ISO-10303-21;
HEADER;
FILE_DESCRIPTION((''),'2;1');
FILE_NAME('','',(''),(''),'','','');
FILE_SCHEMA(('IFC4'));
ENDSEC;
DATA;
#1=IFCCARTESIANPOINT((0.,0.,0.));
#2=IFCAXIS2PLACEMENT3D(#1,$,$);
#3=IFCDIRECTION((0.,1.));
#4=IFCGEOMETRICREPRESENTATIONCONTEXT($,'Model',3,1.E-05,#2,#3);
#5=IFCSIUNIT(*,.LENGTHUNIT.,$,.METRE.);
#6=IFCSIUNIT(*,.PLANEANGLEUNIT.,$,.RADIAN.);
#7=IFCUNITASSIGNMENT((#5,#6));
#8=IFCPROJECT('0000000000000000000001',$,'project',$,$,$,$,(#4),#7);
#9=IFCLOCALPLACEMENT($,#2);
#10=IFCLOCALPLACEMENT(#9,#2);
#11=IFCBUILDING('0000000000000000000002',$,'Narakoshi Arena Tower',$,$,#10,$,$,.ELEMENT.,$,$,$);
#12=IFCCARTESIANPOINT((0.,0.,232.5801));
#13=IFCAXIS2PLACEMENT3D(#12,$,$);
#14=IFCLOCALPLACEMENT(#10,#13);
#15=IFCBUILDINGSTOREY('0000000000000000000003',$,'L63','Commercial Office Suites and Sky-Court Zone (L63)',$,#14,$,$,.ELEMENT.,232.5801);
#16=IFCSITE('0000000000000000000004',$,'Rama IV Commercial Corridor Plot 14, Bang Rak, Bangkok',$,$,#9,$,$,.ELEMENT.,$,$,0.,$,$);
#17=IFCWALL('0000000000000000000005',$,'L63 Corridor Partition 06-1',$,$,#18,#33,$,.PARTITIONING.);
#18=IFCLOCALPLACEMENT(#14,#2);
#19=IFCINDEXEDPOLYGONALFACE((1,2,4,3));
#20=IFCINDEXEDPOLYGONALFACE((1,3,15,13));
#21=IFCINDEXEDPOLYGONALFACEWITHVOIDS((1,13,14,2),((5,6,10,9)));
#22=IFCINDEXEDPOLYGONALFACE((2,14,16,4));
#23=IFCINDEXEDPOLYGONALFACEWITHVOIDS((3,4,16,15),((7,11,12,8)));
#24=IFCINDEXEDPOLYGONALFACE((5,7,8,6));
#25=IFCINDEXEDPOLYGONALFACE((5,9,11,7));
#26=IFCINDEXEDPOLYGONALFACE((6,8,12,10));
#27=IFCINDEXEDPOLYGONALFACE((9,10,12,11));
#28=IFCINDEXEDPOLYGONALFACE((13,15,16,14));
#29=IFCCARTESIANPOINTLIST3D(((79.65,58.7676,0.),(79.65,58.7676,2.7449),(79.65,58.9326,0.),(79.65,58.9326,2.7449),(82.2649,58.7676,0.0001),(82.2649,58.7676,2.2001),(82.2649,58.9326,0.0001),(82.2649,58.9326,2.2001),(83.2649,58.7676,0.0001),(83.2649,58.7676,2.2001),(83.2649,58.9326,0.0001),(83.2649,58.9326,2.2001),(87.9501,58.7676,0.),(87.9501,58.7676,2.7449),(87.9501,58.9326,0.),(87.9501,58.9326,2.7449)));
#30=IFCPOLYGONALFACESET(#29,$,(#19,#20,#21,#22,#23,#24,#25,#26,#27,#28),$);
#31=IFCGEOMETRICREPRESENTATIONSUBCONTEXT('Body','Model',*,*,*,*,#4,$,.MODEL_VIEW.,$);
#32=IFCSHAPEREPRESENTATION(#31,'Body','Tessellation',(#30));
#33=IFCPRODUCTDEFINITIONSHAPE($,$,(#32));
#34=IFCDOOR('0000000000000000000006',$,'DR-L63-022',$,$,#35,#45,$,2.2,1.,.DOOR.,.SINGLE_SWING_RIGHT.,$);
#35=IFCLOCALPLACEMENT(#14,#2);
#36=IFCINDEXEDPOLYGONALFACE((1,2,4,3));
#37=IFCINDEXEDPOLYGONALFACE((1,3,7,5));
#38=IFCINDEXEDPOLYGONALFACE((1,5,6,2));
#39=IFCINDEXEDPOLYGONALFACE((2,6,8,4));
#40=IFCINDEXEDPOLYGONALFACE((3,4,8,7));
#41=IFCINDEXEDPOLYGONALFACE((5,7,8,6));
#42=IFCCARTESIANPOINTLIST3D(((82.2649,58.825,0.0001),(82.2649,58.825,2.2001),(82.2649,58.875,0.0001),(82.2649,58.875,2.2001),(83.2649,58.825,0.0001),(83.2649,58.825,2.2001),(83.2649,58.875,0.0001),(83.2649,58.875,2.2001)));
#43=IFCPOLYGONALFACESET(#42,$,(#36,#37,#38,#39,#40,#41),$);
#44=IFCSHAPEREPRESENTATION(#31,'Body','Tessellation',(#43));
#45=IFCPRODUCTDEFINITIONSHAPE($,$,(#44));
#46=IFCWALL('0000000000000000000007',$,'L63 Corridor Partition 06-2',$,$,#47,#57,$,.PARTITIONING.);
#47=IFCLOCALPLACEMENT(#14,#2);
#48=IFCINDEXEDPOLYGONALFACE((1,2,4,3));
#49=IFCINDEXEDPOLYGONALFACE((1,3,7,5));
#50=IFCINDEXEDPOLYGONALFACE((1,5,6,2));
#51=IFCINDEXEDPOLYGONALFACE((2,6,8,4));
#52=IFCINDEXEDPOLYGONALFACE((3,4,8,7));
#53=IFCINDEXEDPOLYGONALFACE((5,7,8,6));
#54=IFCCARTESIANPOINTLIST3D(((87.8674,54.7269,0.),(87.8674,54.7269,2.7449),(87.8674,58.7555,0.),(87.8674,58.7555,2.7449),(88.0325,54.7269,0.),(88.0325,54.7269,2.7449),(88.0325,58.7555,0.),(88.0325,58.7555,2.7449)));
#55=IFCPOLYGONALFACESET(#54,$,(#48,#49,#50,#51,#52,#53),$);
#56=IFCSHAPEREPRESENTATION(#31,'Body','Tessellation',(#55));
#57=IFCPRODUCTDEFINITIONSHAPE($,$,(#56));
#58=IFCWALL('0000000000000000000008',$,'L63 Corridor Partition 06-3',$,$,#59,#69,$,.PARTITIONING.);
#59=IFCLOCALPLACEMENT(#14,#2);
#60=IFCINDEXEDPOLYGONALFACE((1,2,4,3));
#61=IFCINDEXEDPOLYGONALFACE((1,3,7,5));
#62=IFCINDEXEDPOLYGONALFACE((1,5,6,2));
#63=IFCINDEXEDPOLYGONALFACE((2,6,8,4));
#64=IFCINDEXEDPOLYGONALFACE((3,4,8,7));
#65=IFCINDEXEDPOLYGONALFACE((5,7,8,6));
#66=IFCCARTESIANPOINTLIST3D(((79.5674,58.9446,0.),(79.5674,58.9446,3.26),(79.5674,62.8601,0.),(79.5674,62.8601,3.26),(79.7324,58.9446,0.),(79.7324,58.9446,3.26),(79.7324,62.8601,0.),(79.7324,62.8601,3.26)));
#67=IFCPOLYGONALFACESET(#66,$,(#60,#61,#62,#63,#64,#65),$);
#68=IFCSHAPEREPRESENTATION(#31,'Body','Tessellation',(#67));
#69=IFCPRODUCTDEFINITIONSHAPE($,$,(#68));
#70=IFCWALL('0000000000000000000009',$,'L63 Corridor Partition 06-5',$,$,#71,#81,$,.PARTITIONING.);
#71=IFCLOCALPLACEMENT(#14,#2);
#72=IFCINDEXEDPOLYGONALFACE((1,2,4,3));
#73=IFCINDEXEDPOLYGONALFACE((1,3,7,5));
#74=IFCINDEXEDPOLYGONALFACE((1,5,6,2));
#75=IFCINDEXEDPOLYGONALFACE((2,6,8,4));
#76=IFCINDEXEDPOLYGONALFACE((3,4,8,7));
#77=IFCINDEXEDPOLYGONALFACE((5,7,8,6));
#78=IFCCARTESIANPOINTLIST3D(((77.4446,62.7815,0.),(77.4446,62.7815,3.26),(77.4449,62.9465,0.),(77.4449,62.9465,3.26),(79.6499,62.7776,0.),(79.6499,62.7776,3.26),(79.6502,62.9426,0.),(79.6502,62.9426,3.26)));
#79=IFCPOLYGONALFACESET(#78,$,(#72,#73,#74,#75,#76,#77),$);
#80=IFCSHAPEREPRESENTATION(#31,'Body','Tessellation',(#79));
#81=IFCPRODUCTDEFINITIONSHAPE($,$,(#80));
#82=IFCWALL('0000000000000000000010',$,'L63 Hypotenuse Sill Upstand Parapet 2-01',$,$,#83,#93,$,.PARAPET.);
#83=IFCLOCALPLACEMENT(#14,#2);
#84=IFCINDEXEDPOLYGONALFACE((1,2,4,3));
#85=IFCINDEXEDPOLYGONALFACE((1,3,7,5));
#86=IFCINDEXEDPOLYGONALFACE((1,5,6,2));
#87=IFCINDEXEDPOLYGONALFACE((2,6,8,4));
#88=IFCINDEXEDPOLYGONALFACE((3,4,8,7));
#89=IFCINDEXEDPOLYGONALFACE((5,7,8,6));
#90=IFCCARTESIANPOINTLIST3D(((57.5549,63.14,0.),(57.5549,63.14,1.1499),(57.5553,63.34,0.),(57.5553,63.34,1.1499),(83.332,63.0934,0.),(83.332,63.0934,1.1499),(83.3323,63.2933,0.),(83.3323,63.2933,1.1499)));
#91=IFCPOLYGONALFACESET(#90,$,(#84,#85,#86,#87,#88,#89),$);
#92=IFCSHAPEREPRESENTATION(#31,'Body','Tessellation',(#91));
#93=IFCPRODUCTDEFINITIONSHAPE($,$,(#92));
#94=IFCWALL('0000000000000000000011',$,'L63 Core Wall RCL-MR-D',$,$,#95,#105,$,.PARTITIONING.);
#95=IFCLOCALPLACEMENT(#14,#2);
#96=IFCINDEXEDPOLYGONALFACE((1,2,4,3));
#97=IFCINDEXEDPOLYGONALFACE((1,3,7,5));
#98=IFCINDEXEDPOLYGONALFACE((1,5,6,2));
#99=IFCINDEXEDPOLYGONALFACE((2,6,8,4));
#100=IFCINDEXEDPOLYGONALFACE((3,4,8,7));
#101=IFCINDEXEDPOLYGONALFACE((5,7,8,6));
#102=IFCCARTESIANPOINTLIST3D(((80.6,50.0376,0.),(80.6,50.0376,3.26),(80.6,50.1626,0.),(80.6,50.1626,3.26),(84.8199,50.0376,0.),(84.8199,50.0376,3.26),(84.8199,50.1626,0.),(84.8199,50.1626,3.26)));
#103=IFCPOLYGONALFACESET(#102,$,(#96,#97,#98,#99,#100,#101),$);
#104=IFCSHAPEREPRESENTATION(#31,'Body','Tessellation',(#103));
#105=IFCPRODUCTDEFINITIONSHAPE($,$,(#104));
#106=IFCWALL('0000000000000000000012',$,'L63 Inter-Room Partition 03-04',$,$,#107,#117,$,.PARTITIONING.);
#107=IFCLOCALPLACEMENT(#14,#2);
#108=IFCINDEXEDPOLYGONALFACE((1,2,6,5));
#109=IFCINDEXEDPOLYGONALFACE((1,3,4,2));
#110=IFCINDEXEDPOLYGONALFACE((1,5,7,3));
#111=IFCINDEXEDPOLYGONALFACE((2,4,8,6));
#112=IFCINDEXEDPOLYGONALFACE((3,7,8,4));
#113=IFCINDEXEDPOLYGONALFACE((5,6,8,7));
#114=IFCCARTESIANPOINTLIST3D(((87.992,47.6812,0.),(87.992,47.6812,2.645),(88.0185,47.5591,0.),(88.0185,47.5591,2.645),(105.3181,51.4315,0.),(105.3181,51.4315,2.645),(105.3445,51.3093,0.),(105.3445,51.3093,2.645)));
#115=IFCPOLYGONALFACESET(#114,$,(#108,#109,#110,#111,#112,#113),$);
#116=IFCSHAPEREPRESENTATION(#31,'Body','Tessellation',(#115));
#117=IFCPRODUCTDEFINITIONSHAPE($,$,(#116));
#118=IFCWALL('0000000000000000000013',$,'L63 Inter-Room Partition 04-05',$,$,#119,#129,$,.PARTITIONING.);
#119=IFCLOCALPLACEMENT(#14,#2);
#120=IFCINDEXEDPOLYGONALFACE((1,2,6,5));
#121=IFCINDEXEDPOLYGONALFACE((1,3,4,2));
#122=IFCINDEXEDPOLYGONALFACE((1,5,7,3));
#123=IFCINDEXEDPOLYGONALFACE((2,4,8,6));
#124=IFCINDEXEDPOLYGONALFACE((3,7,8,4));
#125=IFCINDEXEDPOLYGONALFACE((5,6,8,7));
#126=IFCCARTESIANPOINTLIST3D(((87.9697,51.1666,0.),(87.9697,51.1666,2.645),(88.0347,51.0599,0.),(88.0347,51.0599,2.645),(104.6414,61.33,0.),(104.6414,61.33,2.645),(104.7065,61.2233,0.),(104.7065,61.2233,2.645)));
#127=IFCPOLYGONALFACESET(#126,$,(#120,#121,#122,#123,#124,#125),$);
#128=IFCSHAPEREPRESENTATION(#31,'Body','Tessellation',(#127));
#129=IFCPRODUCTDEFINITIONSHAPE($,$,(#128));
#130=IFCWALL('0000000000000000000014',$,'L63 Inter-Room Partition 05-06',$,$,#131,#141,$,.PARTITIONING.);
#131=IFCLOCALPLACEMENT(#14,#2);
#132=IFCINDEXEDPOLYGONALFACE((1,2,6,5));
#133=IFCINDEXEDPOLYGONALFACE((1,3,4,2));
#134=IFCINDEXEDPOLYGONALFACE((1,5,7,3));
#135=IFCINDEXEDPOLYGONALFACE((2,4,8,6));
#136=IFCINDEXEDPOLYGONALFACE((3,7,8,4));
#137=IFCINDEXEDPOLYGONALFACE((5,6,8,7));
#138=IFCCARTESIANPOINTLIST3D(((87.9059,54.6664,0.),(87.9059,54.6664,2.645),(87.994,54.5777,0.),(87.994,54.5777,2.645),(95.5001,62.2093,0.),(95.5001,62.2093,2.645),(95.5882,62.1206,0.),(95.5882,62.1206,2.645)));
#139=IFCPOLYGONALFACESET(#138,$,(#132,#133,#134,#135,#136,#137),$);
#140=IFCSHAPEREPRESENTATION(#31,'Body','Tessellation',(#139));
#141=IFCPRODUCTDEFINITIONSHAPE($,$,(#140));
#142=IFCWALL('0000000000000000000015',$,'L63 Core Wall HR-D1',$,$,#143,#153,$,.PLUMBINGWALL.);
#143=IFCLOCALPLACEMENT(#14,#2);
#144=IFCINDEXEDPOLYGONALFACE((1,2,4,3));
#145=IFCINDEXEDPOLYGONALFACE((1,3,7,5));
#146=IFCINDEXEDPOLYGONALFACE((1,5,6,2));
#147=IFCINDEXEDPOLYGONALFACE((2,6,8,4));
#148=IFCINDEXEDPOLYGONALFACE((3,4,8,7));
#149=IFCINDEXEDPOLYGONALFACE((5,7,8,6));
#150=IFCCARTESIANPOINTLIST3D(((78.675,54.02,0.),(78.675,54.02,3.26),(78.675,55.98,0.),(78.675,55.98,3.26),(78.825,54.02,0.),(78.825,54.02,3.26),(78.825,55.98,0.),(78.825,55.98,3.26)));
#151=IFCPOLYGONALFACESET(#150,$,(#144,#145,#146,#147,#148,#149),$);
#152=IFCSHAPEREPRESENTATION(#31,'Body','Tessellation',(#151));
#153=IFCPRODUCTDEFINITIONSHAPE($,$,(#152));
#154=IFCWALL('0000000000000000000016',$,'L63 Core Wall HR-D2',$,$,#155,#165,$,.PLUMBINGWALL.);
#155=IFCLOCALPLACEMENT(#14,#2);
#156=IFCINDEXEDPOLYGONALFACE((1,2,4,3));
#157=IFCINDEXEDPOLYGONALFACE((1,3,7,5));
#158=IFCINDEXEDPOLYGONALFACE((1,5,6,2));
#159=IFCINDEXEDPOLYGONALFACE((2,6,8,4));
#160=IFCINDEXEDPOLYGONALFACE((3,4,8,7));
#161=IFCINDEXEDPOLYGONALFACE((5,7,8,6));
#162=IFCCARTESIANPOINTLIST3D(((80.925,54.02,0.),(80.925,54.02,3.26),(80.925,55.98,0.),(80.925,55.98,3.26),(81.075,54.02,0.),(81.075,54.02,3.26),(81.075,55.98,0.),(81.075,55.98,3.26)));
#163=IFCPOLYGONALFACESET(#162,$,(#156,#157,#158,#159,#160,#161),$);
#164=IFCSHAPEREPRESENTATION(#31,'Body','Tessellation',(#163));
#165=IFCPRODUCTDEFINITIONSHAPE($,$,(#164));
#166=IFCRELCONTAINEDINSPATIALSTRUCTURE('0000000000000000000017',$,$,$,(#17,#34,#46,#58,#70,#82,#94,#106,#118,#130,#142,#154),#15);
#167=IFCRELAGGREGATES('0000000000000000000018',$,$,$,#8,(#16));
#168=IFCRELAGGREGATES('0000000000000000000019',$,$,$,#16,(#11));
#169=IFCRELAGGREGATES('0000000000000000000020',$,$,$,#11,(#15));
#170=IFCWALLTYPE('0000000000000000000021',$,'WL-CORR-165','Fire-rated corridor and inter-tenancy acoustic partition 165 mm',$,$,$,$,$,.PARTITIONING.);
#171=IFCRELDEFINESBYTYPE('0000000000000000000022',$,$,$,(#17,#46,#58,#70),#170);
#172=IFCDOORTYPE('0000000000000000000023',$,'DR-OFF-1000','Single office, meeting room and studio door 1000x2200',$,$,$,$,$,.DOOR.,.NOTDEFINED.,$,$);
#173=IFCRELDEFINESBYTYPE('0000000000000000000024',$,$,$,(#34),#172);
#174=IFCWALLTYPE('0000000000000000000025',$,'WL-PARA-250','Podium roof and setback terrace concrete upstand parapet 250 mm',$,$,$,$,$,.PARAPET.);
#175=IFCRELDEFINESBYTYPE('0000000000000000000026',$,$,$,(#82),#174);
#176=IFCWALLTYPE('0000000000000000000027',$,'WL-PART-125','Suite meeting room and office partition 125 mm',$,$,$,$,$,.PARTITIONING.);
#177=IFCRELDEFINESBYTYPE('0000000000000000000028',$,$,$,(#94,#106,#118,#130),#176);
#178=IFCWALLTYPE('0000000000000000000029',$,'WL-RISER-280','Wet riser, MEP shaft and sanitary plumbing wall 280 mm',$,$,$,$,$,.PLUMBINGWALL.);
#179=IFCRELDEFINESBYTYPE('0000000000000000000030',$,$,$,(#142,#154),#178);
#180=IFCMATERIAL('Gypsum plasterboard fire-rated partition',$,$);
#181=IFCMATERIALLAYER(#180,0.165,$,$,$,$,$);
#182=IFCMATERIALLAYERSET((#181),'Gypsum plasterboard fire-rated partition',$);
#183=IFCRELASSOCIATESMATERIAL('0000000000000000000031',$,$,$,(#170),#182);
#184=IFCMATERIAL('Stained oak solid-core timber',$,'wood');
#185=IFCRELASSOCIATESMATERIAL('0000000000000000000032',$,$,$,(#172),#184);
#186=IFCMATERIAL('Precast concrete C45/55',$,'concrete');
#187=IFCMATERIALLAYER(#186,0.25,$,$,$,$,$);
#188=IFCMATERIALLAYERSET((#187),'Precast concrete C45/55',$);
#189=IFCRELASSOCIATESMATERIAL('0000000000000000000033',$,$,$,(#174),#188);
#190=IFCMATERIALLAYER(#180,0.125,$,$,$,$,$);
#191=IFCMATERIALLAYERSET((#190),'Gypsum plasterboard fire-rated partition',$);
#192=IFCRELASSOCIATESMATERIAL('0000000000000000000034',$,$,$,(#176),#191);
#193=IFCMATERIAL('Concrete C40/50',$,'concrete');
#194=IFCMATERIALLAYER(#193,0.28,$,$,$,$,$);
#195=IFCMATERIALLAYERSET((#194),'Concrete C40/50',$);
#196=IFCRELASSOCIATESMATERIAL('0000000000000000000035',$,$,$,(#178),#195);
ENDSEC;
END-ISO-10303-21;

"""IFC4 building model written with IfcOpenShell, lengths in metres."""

from ifc_helpers import new_model, si_unit, direction, frame, frame_2d, origin, place, context, subcontext, project, spatial, rectangle, extrude, material, layer, layer_set, type_object, element, fill, save


model = new_model("IFC4")

# Units and contexts
model_context = context("Model", 3, precision=1e-05, world=origin(), true_north=direction((0.0, 1.0)))
body_context = subcontext(model_context, "Body", "Model", "MODEL_VIEW")
ifc_project = project(units=[si_unit("LENGTHUNIT", "METRE"), si_unit("PLANEANGLEUNIT", "RADIAN")], contexts=[model_context])

# Site, building, storey
site_placement = place(None, origin())
site = spatial("IfcSite", under=ifc_project, at=site_placement, Name="Rama IV Commercial Corridor Plot 14, Bang Rak, Bangkok", CompositionType="ELEMENT", RefElevation=0.0)
building_placement = place(site_placement, origin())
building = spatial("IfcBuilding", under=site, at=building_placement, Name="Narakoshi Arena Tower", CompositionType="ELEMENT")
storey_placement = place(building_placement, frame((0.0, 0.0, 232.5801)))
storey = spatial("IfcBuildingStorey", under=building, at=storey_placement, Name="L63", Description="Commercial Office Suites and Sky-Court Zone (L63)", CompositionType="ELEMENT", Elevation=232.5801)

# Wall, opening, door
ifc_material_1 = material(Name="Gypsum plasterboard fire-rated partition")
ifc_layer_1 = layer(ifc_material_1, 0.165)
ifc_layer_set_1 = layer_set([ifc_layer_1], Name="Gypsum plasterboard fire-rated partition")
wall_type_1 = type_object("IfcWallType", Name="WL-CORR-165", Description="Fire-rated corridor and inter-tenancy acoustic partition 165 mm", PredefinedType="PARTITIONING", material=ifc_layer_set_1)
ifc_material_2 = material(Name="Stained oak solid-core timber", Category="wood")
door_type_1 = type_object("IfcDoorType", Name="DR-OFF-1000", Description="Single office, meeting room and studio door 1000x2200", OperationType="NOTDEFINED", PredefinedType="DOOR", material=ifc_material_2)
wall_1_placement = place(storey_placement, frame((87.95, 58.8501, 0.0), z_axis=(0.0, 0.0, 1.0), x_axis=(-1.0, 0.0, 0.0)))
wall_1 = element("IfcWall", 1, at=wall_1_placement, inside=storey, type_object=wall_type_1, Name="L63 Corridor Partition 06-1", PredefinedType="PARTITIONING", context=body_context, shape_type="SweptSolid", body=[
    extrude(rectangle(XDim=8.3, YDim=0.165, at=frame_2d((4.1499, 0.0))), origin(), (0.0, 0.0, 1.0), 2.7449),
])
opening_1_placement = place(wall_1_placement, frame((4.6851, 0.0, 0.0)))
opening_1 = element("IfcOpeningElement", 2, at=opening_1_placement, cuts=wall_1, PredefinedType="OPENING", context=body_context, shape_type="SweptSolid", body=[
    extrude(rectangle(XDim=1.0, YDim=2.2, at=frame_2d((0.5, 1.1001))), frame((0.0, 0.0925, 0.0), z_axis=(0.0, -1.0, 0.0), x_axis=(1.0, 0.0, 0.0)), (0.0, 0.0, 1.0), 0.1851),
])
door_1_placement = place(opening_1_placement, frame((1.0, 0.0, 0.0), z_axis=(0.0, 0.0, 1.0), x_axis=(-1.0, 0.0, 0.0)))
door_1 = element("IfcDoor", 3, at=door_1_placement, inside=storey, type_object=door_type_1, Name="DR-L63-022", OperationType="SINGLE_SWING_RIGHT", OverallHeight=2.2, OverallWidth=1.0, PredefinedType="DOOR", context=body_context, shape_type="SweptSolid", body=[
    extrude(rectangle(XDim=1.0, YDim=2.2, at=frame_2d((0.5, 1.1001))), frame((0.0, 0.0249, 0.0), z_axis=(0.0, -1.0, 0.0), x_axis=(1.0, 0.0, 0.0)), (0.0, 0.0, 1.0), 0.05),
])
fill(opening_1, door_1)

# Walls
wall_2_placement = place(storey_placement, frame((87.95, 54.7271, 0.0), z_axis=(0.0, 0.0, 1.0), x_axis=(0.0, 1.0, 0.0)))
element("IfcWall", 4, at=wall_2_placement, inside=storey, type_object=wall_type_1, Name="L63 Corridor Partition 06-2", PredefinedType="PARTITIONING", context=body_context, shape_type="SweptSolid", body=[
    extrude(rectangle(XDim=4.0286, YDim=0.165, at=frame_2d((2.0142, 0.0))), origin(), (0.0, 0.0, 1.0), 2.7449),
])
wall_3_placement = place(storey_placement, frame((79.6499, 58.9446, 0.0), z_axis=(0.0, 0.0, 1.0), x_axis=(0.0, 1.0, 0.0)))
element("IfcWall", 5, at=wall_3_placement, inside=storey, type_object=wall_type_1, Name="L63 Corridor Partition 06-3", PredefinedType="PARTITIONING", context=body_context, shape_type="SweptSolid", body=[
    extrude(rectangle(XDim=3.9155, YDim=0.165, at=frame_2d((1.9578, 0.0))), origin(), (0.0, 0.0, 1.0), 3.26),
])
wall_4_placement = place(storey_placement, frame((79.6499, 62.8601, 0.0), z_axis=(0.0, 0.0, 1.0), x_axis=(-0.999998, 0.001771, 0.0)))
element("IfcWall", 6, at=wall_4_placement, inside=storey, type_object=wall_type_1, Name="L63 Corridor Partition 06-5", PredefinedType="PARTITIONING", context=body_context, shape_type="SweptSolid", body=[
    extrude(rectangle(XDim=2.2053, YDim=0.165, at=frame_2d((1.1025, 0.0))), origin(), (0.0, 0.0, 1.0), 3.26),
])
ifc_material_3 = material(Name="Precast concrete C45/55", Category="concrete")
ifc_layer_2 = layer(ifc_material_3, 0.25)
ifc_layer_set_2 = layer_set([ifc_layer_2], Name="Precast concrete C45/55")
wall_type_2 = type_object("IfcWallType", Name="WL-PARA-250", Description="Podium roof and setback terrace concrete upstand parapet 250 mm", PredefinedType="PARAPET", material=ifc_layer_set_2)
wall_5_placement = place(storey_placement, frame((83.3323, 63.1934, 0.0), z_axis=(0.0, 0.0, 1.0), x_axis=(-0.999998, 0.001809, 0.0)))
element("IfcWall", 7, at=wall_5_placement, inside=storey, type_object=wall_type_2, Name="L63 Hypotenuse Sill Upstand Parapet 2-01", PredefinedType="PARAPET", context=body_context, shape_type="SweptSolid", body=[
    extrude(rectangle(XDim=25.7771, YDim=0.2, at=frame_2d((12.8887, 0.0))), origin(), (0.0, 0.0, 1.0), 1.1499),
])
ifc_layer_3 = layer(ifc_material_1, 0.125)
ifc_layer_set_3 = layer_set([ifc_layer_3], Name="Gypsum plasterboard fire-rated partition")
wall_type_3 = type_object("IfcWallType", Name="WL-PART-125", Description="Suite meeting room and office partition 125 mm", PredefinedType="PARTITIONING", material=ifc_layer_set_3)
wall_6_placement = place(storey_placement, frame((80.6001, 50.1001, 0.0), z_axis=(0.0, 0.0, 1.0), x_axis=(1.0, 0.0, 0.0)))
element("IfcWall", 8, at=wall_6_placement, inside=storey, type_object=wall_type_3, Name="L63 Core Wall RCL-MR-D", PredefinedType="PARTITIONING", context=body_context, shape_type="SweptSolid", body=[
    extrude(rectangle(XDim=4.22, YDim=0.125, at=frame_2d((2.1099, 0.0))), origin(), (0.0, 0.0, 1.0), 3.26),
])
wall_7_placement = place(storey_placement, frame((88.0051, 47.6201, 0.0), z_axis=(0.0, 0.0, 1.0), x_axis=(0.977367, 0.211551, 0.0)))
element("IfcWall", 9, at=wall_7_placement, inside=storey, type_object=wall_type_3, Name="L63 Inter-Room Partition 03-04", PredefinedType="PARTITIONING", context=body_context, shape_type="SweptSolid", body=[
    extrude(rectangle(XDim=17.7273, YDim=0.125, at=frame_2d((8.8638, 0.0))), origin(), (0.0, 0.0, 1.0), 2.645),
])
wall_8_placement = place(storey_placement, frame((88.0022, 51.1133, 0.0), z_axis=(0.0, 0.0, 1.0), x_axis=(0.853848, 0.520522, 0.0)))
element("IfcWall", 10, at=wall_8_placement, inside=storey, type_object=wall_type_3, Name="L63 Inter-Room Partition 04-05", PredefinedType="PARTITIONING", context=body_context, shape_type="SweptSolid", body=[
    extrude(rectangle(XDim=19.5254, YDim=0.125, at=frame_2d((9.7627, 0.0))), origin(), (0.0, 0.0, 1.0), 2.645),
])
wall_9_placement = place(storey_placement, frame((87.95, 54.6221, 0.0), z_axis=(0.0, 0.0, 1.0), x_axis=(0.709498, 0.704708, 0.0)))
element("IfcWall", 11, at=wall_9_placement, inside=storey, type_object=wall_type_3, Name="L63 Inter-Room Partition 05-06", PredefinedType="PARTITIONING", context=body_context, shape_type="SweptSolid", body=[
    extrude(rectangle(XDim=10.7036, YDim=0.125, at=frame_2d((5.3518, 0.0))), origin(), (0.0, 0.0, 1.0), 2.645),
])
ifc_material_4 = material(Name="Concrete C40/50", Category="concrete")
ifc_layer_4 = layer(ifc_material_4, 0.28)
ifc_layer_set_4 = layer_set([ifc_layer_4], Name="Concrete C40/50")
wall_type_4 = type_object("IfcWallType", Name="WL-RISER-280", Description="Wet riser, MEP shaft and sanitary plumbing wall 280 mm", PredefinedType="PLUMBINGWALL", material=ifc_layer_set_4)
for number, where, z_axis, x_axis, name in (
    (12, (78.75, 54.02, 0.0), (0.0, 0.0, 1.0), (0.0, 1.0, 0.0), "L63 Core Wall HR-D1"),
    (13, (81.0, 54.02, 0.0), (0.0, 0.0, 1.0), (0.0, 1.0, 0.0), "L63 Core Wall HR-D2"),
):
    element("IfcWall", number, at=place(storey_placement, frame(where, z_axis=z_axis, x_axis=x_axis)), inside=storey, type_object=wall_type_4, Name=name, PredefinedType="PLUMBINGWALL", context=body_context, shape_type="SweptSolid", body=[
        extrude(rectangle(XDim=1.96, YDim=0.1499, at=frame_2d((0.98, 0.0))), origin(), (0.0, 0.0, 1.0), 3.26),
    ])

save(model, "model.ifc")
